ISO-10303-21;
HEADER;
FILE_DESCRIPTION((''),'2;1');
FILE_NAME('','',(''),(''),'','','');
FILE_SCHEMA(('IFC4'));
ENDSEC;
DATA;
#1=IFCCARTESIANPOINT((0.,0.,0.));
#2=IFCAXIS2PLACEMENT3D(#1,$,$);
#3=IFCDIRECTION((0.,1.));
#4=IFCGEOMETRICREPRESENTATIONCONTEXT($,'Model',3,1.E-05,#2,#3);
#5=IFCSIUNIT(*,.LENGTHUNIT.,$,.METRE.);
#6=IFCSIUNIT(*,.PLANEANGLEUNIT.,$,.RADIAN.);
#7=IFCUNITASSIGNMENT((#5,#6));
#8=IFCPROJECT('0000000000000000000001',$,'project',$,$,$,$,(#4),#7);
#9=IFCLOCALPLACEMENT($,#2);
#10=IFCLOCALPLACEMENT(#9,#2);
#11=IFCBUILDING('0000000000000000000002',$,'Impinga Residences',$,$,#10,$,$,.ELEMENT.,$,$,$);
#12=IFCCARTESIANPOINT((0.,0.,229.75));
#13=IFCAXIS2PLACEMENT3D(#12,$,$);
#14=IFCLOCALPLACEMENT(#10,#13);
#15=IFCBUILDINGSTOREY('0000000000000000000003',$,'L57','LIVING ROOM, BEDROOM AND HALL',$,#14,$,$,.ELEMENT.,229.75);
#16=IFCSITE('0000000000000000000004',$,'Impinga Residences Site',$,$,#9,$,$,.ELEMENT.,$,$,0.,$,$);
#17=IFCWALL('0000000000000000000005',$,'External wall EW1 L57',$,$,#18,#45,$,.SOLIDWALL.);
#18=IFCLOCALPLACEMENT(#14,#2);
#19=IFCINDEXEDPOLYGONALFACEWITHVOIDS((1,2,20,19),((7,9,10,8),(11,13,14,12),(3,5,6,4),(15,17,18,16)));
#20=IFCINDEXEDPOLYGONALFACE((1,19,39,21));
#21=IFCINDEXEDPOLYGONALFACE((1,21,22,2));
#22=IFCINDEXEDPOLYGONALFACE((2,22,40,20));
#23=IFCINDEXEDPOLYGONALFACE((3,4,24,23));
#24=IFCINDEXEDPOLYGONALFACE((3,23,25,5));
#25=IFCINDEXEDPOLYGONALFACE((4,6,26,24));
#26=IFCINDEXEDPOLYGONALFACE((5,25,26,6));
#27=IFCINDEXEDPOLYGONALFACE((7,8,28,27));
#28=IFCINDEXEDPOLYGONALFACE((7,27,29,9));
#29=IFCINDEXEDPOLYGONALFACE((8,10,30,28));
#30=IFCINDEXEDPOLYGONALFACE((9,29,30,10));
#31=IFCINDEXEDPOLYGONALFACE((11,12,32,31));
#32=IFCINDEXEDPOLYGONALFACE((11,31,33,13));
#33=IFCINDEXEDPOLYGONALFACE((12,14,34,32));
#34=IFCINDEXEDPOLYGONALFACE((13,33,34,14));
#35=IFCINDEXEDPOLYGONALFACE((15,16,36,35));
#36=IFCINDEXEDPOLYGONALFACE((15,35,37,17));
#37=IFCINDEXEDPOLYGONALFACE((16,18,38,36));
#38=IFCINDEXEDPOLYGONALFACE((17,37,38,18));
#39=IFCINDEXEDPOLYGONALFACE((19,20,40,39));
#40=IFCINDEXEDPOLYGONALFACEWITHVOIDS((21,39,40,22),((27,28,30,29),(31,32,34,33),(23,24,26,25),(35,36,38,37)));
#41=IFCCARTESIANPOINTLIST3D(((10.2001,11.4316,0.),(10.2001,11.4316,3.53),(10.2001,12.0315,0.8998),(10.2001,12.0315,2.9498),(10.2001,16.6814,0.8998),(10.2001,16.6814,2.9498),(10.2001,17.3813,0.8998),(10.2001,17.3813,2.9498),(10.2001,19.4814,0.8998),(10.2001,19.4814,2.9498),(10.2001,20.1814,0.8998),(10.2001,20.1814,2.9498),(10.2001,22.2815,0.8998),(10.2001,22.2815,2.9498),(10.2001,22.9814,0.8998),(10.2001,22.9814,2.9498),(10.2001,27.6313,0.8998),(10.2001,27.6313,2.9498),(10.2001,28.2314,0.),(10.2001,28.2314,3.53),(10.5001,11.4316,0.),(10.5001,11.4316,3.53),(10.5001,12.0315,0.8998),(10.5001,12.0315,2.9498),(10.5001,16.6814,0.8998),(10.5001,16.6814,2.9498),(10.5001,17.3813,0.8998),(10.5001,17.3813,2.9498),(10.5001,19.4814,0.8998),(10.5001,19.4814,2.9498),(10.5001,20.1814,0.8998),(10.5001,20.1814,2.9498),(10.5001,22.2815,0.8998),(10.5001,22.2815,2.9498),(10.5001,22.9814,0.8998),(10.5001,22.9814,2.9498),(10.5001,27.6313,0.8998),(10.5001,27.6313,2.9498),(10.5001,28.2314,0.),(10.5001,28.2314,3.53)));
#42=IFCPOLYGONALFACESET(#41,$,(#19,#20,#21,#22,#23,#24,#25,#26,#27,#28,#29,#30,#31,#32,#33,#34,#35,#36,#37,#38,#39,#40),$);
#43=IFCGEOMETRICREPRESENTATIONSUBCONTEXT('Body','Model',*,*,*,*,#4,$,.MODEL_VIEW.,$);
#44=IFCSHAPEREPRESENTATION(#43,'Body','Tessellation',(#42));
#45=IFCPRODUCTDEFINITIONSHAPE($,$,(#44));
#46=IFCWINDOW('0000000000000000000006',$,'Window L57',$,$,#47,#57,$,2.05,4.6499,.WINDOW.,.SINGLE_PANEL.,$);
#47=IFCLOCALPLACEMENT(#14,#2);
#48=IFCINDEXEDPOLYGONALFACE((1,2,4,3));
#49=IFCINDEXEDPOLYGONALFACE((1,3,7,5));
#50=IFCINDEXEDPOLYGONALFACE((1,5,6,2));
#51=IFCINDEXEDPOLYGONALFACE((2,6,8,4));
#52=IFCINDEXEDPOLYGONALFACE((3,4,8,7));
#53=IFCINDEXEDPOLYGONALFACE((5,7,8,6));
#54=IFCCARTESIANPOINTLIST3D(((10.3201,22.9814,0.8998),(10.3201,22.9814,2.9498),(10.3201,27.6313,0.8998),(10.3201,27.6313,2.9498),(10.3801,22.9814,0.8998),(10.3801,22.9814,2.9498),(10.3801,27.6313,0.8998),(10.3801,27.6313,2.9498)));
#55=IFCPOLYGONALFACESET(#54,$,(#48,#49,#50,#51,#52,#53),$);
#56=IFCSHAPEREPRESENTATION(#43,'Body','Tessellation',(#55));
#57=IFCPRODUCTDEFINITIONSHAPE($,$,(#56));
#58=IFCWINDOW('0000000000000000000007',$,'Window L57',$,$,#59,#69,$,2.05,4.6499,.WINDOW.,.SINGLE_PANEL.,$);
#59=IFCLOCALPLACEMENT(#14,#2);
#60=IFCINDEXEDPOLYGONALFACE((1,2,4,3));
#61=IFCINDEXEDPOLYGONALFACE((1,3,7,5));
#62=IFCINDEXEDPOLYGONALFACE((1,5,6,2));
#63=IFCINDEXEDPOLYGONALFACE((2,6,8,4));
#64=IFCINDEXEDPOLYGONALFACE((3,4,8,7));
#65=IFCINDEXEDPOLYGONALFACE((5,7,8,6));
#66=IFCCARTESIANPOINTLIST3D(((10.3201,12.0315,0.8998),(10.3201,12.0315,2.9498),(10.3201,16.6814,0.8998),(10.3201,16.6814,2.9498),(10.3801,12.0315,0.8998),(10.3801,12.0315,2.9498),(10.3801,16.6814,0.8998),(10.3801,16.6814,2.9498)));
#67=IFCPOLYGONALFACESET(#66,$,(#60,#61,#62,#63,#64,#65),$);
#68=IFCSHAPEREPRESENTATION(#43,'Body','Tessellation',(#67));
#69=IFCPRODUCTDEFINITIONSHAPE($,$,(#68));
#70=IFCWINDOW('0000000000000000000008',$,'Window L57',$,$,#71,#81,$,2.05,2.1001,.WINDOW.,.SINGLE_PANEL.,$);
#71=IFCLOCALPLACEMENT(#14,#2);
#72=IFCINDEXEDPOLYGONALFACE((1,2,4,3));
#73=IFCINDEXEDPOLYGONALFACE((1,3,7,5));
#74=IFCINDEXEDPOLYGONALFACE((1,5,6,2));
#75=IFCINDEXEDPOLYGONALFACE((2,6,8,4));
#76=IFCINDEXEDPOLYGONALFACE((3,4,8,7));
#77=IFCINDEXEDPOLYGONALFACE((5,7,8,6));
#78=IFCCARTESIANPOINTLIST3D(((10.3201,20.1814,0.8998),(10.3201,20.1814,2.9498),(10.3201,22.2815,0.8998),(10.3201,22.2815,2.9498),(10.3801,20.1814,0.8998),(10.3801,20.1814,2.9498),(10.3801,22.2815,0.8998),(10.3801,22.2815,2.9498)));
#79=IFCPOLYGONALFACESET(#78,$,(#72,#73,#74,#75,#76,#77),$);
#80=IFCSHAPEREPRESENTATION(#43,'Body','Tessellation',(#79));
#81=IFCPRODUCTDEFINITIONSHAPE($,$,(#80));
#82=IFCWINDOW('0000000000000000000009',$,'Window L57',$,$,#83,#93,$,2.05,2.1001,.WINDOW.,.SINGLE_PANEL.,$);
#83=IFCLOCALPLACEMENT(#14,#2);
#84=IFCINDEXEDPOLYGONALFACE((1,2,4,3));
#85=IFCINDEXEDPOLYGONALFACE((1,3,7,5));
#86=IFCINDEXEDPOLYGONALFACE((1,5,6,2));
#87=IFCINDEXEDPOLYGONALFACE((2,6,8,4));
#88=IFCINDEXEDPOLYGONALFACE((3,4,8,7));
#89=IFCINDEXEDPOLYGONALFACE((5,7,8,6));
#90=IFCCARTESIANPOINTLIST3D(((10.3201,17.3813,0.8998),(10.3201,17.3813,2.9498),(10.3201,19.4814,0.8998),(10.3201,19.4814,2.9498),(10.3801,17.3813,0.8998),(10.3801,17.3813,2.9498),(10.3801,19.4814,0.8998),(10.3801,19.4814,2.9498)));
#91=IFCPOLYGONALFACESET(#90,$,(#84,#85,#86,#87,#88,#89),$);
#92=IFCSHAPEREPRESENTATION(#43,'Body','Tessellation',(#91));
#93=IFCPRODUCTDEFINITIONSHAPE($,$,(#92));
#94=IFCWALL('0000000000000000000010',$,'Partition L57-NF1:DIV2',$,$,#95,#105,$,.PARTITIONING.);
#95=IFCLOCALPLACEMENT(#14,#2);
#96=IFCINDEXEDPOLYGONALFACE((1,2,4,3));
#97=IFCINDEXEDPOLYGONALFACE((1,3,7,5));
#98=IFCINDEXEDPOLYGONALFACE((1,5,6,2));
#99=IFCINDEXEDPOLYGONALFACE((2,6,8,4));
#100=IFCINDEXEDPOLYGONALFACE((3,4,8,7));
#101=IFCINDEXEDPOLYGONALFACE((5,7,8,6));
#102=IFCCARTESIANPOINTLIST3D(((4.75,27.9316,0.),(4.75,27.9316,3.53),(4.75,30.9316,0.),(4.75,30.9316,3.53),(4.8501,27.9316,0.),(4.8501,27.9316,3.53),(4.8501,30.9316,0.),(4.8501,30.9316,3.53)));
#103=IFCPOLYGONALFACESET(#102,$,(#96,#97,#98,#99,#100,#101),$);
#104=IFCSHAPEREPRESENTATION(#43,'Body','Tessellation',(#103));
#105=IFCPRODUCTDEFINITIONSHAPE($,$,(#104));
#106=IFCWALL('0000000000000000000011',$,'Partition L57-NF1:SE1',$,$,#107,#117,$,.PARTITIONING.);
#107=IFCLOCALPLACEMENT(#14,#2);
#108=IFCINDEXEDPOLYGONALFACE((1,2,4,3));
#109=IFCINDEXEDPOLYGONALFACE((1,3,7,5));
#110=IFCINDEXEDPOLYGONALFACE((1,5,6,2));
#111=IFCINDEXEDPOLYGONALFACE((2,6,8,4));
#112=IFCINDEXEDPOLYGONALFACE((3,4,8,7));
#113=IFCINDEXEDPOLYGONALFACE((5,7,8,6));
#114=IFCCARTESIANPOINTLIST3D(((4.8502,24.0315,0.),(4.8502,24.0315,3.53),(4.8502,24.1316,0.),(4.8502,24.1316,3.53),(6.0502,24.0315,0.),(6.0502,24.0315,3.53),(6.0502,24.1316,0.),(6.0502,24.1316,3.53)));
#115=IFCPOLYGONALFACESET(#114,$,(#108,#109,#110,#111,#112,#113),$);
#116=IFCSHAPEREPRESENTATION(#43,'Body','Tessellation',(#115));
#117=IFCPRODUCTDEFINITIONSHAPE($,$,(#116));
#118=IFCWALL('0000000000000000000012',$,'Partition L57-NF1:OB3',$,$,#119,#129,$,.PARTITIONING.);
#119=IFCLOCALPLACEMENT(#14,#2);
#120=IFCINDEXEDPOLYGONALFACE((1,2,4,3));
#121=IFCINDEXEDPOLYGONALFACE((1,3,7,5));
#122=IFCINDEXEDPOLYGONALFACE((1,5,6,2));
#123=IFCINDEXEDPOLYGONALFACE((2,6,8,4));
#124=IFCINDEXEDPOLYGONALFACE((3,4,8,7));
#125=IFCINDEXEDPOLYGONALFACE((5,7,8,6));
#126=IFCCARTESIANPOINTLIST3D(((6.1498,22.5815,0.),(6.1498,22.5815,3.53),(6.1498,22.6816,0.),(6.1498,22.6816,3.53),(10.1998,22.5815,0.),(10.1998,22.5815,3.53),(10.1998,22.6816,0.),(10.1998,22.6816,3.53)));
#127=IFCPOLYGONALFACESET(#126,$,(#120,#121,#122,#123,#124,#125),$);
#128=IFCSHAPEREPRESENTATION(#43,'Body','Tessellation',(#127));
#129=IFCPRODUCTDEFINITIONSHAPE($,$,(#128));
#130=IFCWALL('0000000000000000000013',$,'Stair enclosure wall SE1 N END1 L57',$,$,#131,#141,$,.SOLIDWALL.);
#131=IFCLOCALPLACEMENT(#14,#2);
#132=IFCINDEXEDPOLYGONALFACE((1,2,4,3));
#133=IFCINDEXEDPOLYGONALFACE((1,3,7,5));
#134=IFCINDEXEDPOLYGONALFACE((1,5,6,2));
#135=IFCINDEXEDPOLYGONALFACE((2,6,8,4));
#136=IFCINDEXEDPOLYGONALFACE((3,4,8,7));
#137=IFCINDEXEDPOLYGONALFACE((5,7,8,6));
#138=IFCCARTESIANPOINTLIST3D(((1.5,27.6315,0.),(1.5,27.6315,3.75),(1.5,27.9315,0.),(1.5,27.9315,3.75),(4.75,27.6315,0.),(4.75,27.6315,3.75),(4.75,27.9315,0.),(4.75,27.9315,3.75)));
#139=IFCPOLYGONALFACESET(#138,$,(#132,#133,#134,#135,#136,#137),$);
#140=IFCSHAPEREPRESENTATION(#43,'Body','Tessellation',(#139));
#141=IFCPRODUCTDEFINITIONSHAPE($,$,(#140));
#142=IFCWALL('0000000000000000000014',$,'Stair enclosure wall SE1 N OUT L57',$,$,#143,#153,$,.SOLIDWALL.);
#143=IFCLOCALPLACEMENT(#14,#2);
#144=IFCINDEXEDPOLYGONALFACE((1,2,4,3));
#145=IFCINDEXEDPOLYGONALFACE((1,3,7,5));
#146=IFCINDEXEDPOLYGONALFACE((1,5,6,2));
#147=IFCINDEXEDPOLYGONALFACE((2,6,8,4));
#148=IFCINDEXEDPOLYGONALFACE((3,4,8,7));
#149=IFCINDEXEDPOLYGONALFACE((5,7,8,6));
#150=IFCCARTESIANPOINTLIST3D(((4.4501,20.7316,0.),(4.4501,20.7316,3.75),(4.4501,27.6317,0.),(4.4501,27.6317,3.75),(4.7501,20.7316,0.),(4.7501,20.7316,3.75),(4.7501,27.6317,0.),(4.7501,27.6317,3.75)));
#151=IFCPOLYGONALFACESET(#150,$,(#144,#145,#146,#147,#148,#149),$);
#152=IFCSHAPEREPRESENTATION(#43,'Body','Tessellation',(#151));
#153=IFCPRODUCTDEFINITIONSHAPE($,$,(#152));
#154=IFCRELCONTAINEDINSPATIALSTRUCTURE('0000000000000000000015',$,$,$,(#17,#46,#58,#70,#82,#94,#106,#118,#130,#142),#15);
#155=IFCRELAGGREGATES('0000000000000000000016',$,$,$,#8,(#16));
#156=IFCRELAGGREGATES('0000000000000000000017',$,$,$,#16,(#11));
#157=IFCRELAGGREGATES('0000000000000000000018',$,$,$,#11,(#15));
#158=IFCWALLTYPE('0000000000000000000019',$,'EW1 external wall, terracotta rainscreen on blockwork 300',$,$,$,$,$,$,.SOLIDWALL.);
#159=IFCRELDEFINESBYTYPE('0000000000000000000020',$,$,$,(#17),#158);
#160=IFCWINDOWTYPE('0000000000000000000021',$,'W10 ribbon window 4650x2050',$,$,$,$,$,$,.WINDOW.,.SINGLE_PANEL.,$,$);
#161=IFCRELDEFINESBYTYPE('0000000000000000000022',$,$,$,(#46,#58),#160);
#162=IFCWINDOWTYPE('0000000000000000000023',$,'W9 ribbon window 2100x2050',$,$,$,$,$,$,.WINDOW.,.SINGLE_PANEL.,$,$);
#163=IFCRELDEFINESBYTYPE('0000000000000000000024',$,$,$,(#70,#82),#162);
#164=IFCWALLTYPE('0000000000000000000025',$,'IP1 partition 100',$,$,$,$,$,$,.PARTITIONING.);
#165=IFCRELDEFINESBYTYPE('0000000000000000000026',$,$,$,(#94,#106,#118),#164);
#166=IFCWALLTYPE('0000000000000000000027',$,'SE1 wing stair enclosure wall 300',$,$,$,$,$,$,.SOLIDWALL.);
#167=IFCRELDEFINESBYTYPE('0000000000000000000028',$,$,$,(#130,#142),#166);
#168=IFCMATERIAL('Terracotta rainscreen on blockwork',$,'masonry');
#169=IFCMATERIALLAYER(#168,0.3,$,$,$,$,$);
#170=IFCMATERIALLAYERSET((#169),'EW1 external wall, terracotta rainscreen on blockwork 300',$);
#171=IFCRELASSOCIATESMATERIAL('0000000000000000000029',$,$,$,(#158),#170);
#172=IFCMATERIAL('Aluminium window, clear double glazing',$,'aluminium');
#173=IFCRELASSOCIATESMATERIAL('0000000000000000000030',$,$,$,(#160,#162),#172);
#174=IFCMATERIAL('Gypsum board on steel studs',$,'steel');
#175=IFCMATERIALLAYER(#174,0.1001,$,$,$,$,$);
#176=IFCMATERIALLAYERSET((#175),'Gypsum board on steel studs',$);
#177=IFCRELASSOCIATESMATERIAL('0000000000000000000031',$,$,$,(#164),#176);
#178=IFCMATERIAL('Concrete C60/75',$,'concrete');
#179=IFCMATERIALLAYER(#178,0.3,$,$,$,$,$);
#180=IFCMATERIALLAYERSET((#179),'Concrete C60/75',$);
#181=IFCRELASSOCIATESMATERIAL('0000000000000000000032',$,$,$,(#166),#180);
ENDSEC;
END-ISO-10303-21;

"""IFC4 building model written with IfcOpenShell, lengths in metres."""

from ifc_helpers import new_model, si_unit, direction, frame, frame_2d, origin, place, context, subcontext, project, spatial, rectangle, extrude, material, layer, layer_set, type_object, element, fill, save


model = new_model("IFC4")

# Units and contexts
model_context = context("Model", 3, precision=1e-05, world=origin(), true_north=direction((0.0, 1.0)))
body_context = subcontext(model_context, "Body", "Model", "MODEL_VIEW")
ifc_project = project(units=[si_unit("LENGTHUNIT", "METRE"), si_unit("PLANEANGLEUNIT", "RADIAN")], contexts=[model_context])

# Site, building, storey
site_placement = place(None, origin())
site = spatial("IfcSite", under=ifc_project, at=site_placement, Name="Impinga Residences Site", CompositionType="ELEMENT", RefElevation=0.0)
building_placement = place(site_placement, origin())
building = spatial("IfcBuilding", under=site, at=building_placement, Name="Impinga Residences", CompositionType="ELEMENT")
storey_placement = place(building_placement, frame((0.0, 0.0, 229.75)))
storey = spatial("IfcBuildingStorey", under=building, at=storey_placement, Name="L57", Description="LIVING ROOM, BEDROOM AND HALL", CompositionType="ELEMENT", Elevation=229.75)

# Shared definitions
ifc_material_1 = material(Name="Concrete C60/75", Category="concrete")

# Shared definitions
ifc_material_2 = material(Name="Terracotta rainscreen on blockwork", Category="masonry")
ifc_layer_1 = layer(ifc_material_2, 0.3)
ifc_layer_set_1 = layer_set([ifc_layer_1], Name="EW1 external wall, terracotta rainscreen on blockwork 300")
wall_type_1 = type_object("IfcWallType", Name="EW1 external wall, terracotta rainscreen on blockwork 300", PredefinedType="SOLIDWALL", material=ifc_layer_set_1)

# Wall, openings, windows
wall_1_placement = place(storey_placement, frame((10.3501, 28.2314, 0.0), z_axis=(0.0, 0.0, 1.0), x_axis=(0.0, -1.0, 0.0)))
wall_1 = element("IfcWall", 1, at=wall_1_placement, inside=storey, type_object=wall_type_1, Name="External wall EW1 L57", PredefinedType="SOLIDWALL", context=body_context, shape_type="SweptSolid", body=[
    extrude(rectangle(XDim=16.7998, YDim=0.3, at=frame_2d((8.3999, 0.0))), origin(), (0.0, 0.0, 1.0), 3.53),
])
opening_1_placement = place(wall_1_placement, frame((0.6001, 0.0, 0.8999)))
opening_1 = element("IfcOpeningElement", 2, at=opening_1_placement, cuts=wall_1, PredefinedType="OPENING", context=body_context, shape_type="SweptSolid", body=[
    extrude(rectangle(XDim=4.6499, YDim=2.05, at=frame_2d((2.325, 1.0249))), frame((0.0, 0.1599, 0.0), z_axis=(0.0, -1.0, 0.0), x_axis=(1.0, 0.0, 0.0)), (0.0, 0.0, 1.0), 0.3201),
])
opening_2_placement = place(wall_1_placement, frame((5.95, 0.0, 0.8999)))
opening_2 = element("IfcOpeningElement", 3, at=opening_2_placement, cuts=wall_1, PredefinedType="OPENING", context=body_context, shape_type="SweptSolid", body=[
    extrude(rectangle(XDim=2.1001, YDim=2.05, at=frame_2d((1.05, 1.0249))), frame((0.0, 0.1599, 0.0), z_axis=(0.0, -1.0, 0.0), x_axis=(1.0, 0.0, 0.0)), (0.0, 0.0, 1.0), 0.3201),
])
opening_3_placement = place(wall_1_placement, frame((8.75, 0.0, 0.8999)))
opening_3 = element("IfcOpeningElement", 4, at=opening_3_placement, cuts=wall_1, PredefinedType="OPENING", context=body_context, shape_type="SweptSolid", body=[
    extrude(rectangle(XDim=2.1001, YDim=2.05, at=frame_2d((1.05, 1.0249))), frame((0.0, 0.1599, 0.0), z_axis=(0.0, -1.0, 0.0), x_axis=(1.0, 0.0, 0.0)), (0.0, 0.0, 1.0), 0.3201),
])
opening_4_placement = place(wall_1_placement, frame((11.55, 0.0, 0.8999)))
opening_4 = element("IfcOpeningElement", 5, at=opening_4_placement, cuts=wall_1, PredefinedType="OPENING", context=body_context, shape_type="SweptSolid", body=[
    extrude(rectangle(XDim=4.6499, YDim=2.05, at=frame_2d((2.325, 1.0249))), frame((0.0, 0.1599, 0.0), z_axis=(0.0, -1.0, 0.0), x_axis=(1.0, 0.0, 0.0)), (0.0, 0.0, 1.0), 0.3201),
])
ifc_material_3 = material(Name="Aluminium window, clear double glazing", Category="aluminium")
window_type_1 = type_object("IfcWindowType", Name="W10 ribbon window 4650x2050", PartitioningType="SINGLE_PANEL", PredefinedType="WINDOW", material=ifc_material_3)
window_1_placement = place(opening_1_placement, origin())
window_1 = element("IfcWindow", 6, at=window_1_placement, inside=storey, type_object=window_type_1, Name="Window L57", OverallHeight=2.05, OverallWidth=4.6499, PartitioningType="SINGLE_PANEL", PredefinedType="WINDOW", context=body_context, shape_type="SweptSolid", body=[
    extrude(rectangle(XDim=4.6499, YDim=2.05, at=frame_2d((2.325, 1.0249))), frame((0.0, 0.03, 0.0), z_axis=(0.0, -1.0, 0.0), x_axis=(1.0, 0.0, 0.0)), (0.0, 0.0, 1.0), 0.0601),
])
fill(opening_1, window_1)
window_2_placement = place(opening_4_placement, origin())
window_2 = element("IfcWindow", 7, at=window_2_placement, inside=storey, type_object=window_type_1, Name="Window L57", OverallHeight=2.05, OverallWidth=4.6499, PartitioningType="SINGLE_PANEL", PredefinedType="WINDOW", context=body_context, shape_type="SweptSolid", body=[
    extrude(rectangle(XDim=4.6499, YDim=2.05, at=frame_2d((2.325, 1.0249))), frame((0.0, 0.03, 0.0), z_axis=(0.0, -1.0, 0.0), x_axis=(1.0, 0.0, 0.0)), (0.0, 0.0, 1.0), 0.0601),
])
fill(opening_4, window_2)
window_type_2 = type_object("IfcWindowType", Name="W9 ribbon window 2100x2050", PartitioningType="SINGLE_PANEL", PredefinedType="WINDOW", material=ifc_material_3)
window_3_placement = place(opening_2_placement, origin())
window_3 = element("IfcWindow", 8, at=window_3_placement, inside=storey, type_object=window_type_2, Name="Window L57", OverallHeight=2.05, OverallWidth=2.1001, PartitioningType="SINGLE_PANEL", PredefinedType="WINDOW", context=body_context, shape_type="SweptSolid", body=[
    extrude(rectangle(XDim=2.1001, YDim=2.05, at=frame_2d((1.05, 1.0249))), frame((0.0, 0.03, 0.0), z_axis=(0.0, -1.0, 0.0), x_axis=(1.0, 0.0, 0.0)), (0.0, 0.0, 1.0), 0.0601),
])
fill(opening_2, window_3)
window_4_placement = place(opening_3_placement, origin())
window_4 = element("IfcWindow", 9, at=window_4_placement, inside=storey, type_object=window_type_2, Name="Window L57", OverallHeight=2.05, OverallWidth=2.1001, PartitioningType="SINGLE_PANEL", PredefinedType="WINDOW", context=body_context, shape_type="SweptSolid", body=[
    extrude(rectangle(XDim=2.1001, YDim=2.05, at=frame_2d((1.05, 1.0249))), frame((0.0, 0.03, 0.0), z_axis=(0.0, -1.0, 0.0), x_axis=(1.0, 0.0, 0.0)), (0.0, 0.0, 1.0), 0.0601),
])
fill(opening_3, window_4)

# Walls
ifc_material_4 = material(Name="Gypsum board on steel studs", Category="steel")
ifc_layer_2 = layer(ifc_material_4, 0.1001)
ifc_layer_set_2 = layer_set([ifc_layer_2], Name="Gypsum board on steel studs")
wall_type_2 = type_object("IfcWallType", Name="IP1 partition 100", PredefinedType="PARTITIONING", material=ifc_layer_set_2)
wall_2_placement = place(storey_placement, frame((4.8, 27.9316, 0.0), z_axis=(0.0, 0.0, 1.0), x_axis=(0.0, 1.0, 0.0)))
element("IfcWall", 10, at=wall_2_placement, inside=storey, type_object=wall_type_2, Name="Partition L57-NF1:DIV2", PredefinedType="PARTITIONING", context=body_context, shape_type="SweptSolid", body=[
    extrude(rectangle(XDim=3.0, YDim=0.1001, at=frame_2d((1.5, 0.0))), origin(), (0.0, 0.0, 1.0), 3.53),
])
wall_3_placement = place(storey_placement, frame((4.8501, 24.0815, 0.0), z_axis=(0.0, 0.0, 1.0), x_axis=(1.0, 0.0, 0.0)))
element("IfcWall", 11, at=wall_3_placement, inside=storey, type_object=wall_type_2, Name="Partition L57-NF1:SE1", PredefinedType="PARTITIONING", context=body_context, shape_type="SweptSolid", body=[
    extrude(rectangle(XDim=1.2, YDim=0.1001, at=frame_2d((0.6001, 0.0))), origin(), (0.0, 0.0, 1.0), 3.53),
])
wall_4_placement = place(storey_placement, frame((6.1499, 22.6316, 0.0), z_axis=(0.0, 0.0, 1.0), x_axis=(1.0, 0.0, 0.0)))
element("IfcWall", 12, at=wall_4_placement, inside=storey, type_object=wall_type_2, Name="Partition L57-NF1:OB3", PredefinedType="PARTITIONING", context=body_context, shape_type="SweptSolid", body=[
    extrude(rectangle(XDim=4.05, YDim=0.1001, at=frame_2d((2.0249, 0.0))), origin(), (0.0, 0.0, 1.0), 3.53),
])
ifc_layer_3 = layer(ifc_material_1, 0.3)
ifc_layer_set_3 = layer_set([ifc_layer_3], Name="Concrete C60/75")
wall_type_3 = type_object("IfcWallType", Name="SE1 wing stair enclosure wall 300", PredefinedType="SOLIDWALL", material=ifc_layer_set_3)
wall_5_placement = place(storey_placement, frame((1.5, 27.7815, 0.0), z_axis=(0.0, 0.0, 1.0), x_axis=(1.0, 0.0, 0.0)))
element("IfcWall", 13, at=wall_5_placement, inside=storey, type_object=wall_type_3, Name="Stair enclosure wall SE1 N END1 L57", PredefinedType="SOLIDWALL", context=body_context, shape_type="SweptSolid", body=[
    extrude(rectangle(XDim=3.25, YDim=0.3, at=frame_2d((1.625, 0.0))), origin(), (0.0, 0.0, 1.0), 3.75),
])
wall_6_placement = place(storey_placement, frame((4.6001, 20.7314, 0.0), z_axis=(0.0, 0.0, 1.0), x_axis=(0.0, 1.0, 0.0)))
element("IfcWall", 14, at=wall_6_placement, inside=storey, type_object=wall_type_3, Name="Stair enclosure wall SE1 N OUT L57", PredefinedType="SOLIDWALL", context=body_context, shape_type="SweptSolid", body=[
    extrude(rectangle(XDim=6.9001, YDim=0.3, at=frame_2d((3.4502, 0.0))), origin(), (0.0, 0.0, 1.0), 3.75),
])

save(model, "model.ifc")
